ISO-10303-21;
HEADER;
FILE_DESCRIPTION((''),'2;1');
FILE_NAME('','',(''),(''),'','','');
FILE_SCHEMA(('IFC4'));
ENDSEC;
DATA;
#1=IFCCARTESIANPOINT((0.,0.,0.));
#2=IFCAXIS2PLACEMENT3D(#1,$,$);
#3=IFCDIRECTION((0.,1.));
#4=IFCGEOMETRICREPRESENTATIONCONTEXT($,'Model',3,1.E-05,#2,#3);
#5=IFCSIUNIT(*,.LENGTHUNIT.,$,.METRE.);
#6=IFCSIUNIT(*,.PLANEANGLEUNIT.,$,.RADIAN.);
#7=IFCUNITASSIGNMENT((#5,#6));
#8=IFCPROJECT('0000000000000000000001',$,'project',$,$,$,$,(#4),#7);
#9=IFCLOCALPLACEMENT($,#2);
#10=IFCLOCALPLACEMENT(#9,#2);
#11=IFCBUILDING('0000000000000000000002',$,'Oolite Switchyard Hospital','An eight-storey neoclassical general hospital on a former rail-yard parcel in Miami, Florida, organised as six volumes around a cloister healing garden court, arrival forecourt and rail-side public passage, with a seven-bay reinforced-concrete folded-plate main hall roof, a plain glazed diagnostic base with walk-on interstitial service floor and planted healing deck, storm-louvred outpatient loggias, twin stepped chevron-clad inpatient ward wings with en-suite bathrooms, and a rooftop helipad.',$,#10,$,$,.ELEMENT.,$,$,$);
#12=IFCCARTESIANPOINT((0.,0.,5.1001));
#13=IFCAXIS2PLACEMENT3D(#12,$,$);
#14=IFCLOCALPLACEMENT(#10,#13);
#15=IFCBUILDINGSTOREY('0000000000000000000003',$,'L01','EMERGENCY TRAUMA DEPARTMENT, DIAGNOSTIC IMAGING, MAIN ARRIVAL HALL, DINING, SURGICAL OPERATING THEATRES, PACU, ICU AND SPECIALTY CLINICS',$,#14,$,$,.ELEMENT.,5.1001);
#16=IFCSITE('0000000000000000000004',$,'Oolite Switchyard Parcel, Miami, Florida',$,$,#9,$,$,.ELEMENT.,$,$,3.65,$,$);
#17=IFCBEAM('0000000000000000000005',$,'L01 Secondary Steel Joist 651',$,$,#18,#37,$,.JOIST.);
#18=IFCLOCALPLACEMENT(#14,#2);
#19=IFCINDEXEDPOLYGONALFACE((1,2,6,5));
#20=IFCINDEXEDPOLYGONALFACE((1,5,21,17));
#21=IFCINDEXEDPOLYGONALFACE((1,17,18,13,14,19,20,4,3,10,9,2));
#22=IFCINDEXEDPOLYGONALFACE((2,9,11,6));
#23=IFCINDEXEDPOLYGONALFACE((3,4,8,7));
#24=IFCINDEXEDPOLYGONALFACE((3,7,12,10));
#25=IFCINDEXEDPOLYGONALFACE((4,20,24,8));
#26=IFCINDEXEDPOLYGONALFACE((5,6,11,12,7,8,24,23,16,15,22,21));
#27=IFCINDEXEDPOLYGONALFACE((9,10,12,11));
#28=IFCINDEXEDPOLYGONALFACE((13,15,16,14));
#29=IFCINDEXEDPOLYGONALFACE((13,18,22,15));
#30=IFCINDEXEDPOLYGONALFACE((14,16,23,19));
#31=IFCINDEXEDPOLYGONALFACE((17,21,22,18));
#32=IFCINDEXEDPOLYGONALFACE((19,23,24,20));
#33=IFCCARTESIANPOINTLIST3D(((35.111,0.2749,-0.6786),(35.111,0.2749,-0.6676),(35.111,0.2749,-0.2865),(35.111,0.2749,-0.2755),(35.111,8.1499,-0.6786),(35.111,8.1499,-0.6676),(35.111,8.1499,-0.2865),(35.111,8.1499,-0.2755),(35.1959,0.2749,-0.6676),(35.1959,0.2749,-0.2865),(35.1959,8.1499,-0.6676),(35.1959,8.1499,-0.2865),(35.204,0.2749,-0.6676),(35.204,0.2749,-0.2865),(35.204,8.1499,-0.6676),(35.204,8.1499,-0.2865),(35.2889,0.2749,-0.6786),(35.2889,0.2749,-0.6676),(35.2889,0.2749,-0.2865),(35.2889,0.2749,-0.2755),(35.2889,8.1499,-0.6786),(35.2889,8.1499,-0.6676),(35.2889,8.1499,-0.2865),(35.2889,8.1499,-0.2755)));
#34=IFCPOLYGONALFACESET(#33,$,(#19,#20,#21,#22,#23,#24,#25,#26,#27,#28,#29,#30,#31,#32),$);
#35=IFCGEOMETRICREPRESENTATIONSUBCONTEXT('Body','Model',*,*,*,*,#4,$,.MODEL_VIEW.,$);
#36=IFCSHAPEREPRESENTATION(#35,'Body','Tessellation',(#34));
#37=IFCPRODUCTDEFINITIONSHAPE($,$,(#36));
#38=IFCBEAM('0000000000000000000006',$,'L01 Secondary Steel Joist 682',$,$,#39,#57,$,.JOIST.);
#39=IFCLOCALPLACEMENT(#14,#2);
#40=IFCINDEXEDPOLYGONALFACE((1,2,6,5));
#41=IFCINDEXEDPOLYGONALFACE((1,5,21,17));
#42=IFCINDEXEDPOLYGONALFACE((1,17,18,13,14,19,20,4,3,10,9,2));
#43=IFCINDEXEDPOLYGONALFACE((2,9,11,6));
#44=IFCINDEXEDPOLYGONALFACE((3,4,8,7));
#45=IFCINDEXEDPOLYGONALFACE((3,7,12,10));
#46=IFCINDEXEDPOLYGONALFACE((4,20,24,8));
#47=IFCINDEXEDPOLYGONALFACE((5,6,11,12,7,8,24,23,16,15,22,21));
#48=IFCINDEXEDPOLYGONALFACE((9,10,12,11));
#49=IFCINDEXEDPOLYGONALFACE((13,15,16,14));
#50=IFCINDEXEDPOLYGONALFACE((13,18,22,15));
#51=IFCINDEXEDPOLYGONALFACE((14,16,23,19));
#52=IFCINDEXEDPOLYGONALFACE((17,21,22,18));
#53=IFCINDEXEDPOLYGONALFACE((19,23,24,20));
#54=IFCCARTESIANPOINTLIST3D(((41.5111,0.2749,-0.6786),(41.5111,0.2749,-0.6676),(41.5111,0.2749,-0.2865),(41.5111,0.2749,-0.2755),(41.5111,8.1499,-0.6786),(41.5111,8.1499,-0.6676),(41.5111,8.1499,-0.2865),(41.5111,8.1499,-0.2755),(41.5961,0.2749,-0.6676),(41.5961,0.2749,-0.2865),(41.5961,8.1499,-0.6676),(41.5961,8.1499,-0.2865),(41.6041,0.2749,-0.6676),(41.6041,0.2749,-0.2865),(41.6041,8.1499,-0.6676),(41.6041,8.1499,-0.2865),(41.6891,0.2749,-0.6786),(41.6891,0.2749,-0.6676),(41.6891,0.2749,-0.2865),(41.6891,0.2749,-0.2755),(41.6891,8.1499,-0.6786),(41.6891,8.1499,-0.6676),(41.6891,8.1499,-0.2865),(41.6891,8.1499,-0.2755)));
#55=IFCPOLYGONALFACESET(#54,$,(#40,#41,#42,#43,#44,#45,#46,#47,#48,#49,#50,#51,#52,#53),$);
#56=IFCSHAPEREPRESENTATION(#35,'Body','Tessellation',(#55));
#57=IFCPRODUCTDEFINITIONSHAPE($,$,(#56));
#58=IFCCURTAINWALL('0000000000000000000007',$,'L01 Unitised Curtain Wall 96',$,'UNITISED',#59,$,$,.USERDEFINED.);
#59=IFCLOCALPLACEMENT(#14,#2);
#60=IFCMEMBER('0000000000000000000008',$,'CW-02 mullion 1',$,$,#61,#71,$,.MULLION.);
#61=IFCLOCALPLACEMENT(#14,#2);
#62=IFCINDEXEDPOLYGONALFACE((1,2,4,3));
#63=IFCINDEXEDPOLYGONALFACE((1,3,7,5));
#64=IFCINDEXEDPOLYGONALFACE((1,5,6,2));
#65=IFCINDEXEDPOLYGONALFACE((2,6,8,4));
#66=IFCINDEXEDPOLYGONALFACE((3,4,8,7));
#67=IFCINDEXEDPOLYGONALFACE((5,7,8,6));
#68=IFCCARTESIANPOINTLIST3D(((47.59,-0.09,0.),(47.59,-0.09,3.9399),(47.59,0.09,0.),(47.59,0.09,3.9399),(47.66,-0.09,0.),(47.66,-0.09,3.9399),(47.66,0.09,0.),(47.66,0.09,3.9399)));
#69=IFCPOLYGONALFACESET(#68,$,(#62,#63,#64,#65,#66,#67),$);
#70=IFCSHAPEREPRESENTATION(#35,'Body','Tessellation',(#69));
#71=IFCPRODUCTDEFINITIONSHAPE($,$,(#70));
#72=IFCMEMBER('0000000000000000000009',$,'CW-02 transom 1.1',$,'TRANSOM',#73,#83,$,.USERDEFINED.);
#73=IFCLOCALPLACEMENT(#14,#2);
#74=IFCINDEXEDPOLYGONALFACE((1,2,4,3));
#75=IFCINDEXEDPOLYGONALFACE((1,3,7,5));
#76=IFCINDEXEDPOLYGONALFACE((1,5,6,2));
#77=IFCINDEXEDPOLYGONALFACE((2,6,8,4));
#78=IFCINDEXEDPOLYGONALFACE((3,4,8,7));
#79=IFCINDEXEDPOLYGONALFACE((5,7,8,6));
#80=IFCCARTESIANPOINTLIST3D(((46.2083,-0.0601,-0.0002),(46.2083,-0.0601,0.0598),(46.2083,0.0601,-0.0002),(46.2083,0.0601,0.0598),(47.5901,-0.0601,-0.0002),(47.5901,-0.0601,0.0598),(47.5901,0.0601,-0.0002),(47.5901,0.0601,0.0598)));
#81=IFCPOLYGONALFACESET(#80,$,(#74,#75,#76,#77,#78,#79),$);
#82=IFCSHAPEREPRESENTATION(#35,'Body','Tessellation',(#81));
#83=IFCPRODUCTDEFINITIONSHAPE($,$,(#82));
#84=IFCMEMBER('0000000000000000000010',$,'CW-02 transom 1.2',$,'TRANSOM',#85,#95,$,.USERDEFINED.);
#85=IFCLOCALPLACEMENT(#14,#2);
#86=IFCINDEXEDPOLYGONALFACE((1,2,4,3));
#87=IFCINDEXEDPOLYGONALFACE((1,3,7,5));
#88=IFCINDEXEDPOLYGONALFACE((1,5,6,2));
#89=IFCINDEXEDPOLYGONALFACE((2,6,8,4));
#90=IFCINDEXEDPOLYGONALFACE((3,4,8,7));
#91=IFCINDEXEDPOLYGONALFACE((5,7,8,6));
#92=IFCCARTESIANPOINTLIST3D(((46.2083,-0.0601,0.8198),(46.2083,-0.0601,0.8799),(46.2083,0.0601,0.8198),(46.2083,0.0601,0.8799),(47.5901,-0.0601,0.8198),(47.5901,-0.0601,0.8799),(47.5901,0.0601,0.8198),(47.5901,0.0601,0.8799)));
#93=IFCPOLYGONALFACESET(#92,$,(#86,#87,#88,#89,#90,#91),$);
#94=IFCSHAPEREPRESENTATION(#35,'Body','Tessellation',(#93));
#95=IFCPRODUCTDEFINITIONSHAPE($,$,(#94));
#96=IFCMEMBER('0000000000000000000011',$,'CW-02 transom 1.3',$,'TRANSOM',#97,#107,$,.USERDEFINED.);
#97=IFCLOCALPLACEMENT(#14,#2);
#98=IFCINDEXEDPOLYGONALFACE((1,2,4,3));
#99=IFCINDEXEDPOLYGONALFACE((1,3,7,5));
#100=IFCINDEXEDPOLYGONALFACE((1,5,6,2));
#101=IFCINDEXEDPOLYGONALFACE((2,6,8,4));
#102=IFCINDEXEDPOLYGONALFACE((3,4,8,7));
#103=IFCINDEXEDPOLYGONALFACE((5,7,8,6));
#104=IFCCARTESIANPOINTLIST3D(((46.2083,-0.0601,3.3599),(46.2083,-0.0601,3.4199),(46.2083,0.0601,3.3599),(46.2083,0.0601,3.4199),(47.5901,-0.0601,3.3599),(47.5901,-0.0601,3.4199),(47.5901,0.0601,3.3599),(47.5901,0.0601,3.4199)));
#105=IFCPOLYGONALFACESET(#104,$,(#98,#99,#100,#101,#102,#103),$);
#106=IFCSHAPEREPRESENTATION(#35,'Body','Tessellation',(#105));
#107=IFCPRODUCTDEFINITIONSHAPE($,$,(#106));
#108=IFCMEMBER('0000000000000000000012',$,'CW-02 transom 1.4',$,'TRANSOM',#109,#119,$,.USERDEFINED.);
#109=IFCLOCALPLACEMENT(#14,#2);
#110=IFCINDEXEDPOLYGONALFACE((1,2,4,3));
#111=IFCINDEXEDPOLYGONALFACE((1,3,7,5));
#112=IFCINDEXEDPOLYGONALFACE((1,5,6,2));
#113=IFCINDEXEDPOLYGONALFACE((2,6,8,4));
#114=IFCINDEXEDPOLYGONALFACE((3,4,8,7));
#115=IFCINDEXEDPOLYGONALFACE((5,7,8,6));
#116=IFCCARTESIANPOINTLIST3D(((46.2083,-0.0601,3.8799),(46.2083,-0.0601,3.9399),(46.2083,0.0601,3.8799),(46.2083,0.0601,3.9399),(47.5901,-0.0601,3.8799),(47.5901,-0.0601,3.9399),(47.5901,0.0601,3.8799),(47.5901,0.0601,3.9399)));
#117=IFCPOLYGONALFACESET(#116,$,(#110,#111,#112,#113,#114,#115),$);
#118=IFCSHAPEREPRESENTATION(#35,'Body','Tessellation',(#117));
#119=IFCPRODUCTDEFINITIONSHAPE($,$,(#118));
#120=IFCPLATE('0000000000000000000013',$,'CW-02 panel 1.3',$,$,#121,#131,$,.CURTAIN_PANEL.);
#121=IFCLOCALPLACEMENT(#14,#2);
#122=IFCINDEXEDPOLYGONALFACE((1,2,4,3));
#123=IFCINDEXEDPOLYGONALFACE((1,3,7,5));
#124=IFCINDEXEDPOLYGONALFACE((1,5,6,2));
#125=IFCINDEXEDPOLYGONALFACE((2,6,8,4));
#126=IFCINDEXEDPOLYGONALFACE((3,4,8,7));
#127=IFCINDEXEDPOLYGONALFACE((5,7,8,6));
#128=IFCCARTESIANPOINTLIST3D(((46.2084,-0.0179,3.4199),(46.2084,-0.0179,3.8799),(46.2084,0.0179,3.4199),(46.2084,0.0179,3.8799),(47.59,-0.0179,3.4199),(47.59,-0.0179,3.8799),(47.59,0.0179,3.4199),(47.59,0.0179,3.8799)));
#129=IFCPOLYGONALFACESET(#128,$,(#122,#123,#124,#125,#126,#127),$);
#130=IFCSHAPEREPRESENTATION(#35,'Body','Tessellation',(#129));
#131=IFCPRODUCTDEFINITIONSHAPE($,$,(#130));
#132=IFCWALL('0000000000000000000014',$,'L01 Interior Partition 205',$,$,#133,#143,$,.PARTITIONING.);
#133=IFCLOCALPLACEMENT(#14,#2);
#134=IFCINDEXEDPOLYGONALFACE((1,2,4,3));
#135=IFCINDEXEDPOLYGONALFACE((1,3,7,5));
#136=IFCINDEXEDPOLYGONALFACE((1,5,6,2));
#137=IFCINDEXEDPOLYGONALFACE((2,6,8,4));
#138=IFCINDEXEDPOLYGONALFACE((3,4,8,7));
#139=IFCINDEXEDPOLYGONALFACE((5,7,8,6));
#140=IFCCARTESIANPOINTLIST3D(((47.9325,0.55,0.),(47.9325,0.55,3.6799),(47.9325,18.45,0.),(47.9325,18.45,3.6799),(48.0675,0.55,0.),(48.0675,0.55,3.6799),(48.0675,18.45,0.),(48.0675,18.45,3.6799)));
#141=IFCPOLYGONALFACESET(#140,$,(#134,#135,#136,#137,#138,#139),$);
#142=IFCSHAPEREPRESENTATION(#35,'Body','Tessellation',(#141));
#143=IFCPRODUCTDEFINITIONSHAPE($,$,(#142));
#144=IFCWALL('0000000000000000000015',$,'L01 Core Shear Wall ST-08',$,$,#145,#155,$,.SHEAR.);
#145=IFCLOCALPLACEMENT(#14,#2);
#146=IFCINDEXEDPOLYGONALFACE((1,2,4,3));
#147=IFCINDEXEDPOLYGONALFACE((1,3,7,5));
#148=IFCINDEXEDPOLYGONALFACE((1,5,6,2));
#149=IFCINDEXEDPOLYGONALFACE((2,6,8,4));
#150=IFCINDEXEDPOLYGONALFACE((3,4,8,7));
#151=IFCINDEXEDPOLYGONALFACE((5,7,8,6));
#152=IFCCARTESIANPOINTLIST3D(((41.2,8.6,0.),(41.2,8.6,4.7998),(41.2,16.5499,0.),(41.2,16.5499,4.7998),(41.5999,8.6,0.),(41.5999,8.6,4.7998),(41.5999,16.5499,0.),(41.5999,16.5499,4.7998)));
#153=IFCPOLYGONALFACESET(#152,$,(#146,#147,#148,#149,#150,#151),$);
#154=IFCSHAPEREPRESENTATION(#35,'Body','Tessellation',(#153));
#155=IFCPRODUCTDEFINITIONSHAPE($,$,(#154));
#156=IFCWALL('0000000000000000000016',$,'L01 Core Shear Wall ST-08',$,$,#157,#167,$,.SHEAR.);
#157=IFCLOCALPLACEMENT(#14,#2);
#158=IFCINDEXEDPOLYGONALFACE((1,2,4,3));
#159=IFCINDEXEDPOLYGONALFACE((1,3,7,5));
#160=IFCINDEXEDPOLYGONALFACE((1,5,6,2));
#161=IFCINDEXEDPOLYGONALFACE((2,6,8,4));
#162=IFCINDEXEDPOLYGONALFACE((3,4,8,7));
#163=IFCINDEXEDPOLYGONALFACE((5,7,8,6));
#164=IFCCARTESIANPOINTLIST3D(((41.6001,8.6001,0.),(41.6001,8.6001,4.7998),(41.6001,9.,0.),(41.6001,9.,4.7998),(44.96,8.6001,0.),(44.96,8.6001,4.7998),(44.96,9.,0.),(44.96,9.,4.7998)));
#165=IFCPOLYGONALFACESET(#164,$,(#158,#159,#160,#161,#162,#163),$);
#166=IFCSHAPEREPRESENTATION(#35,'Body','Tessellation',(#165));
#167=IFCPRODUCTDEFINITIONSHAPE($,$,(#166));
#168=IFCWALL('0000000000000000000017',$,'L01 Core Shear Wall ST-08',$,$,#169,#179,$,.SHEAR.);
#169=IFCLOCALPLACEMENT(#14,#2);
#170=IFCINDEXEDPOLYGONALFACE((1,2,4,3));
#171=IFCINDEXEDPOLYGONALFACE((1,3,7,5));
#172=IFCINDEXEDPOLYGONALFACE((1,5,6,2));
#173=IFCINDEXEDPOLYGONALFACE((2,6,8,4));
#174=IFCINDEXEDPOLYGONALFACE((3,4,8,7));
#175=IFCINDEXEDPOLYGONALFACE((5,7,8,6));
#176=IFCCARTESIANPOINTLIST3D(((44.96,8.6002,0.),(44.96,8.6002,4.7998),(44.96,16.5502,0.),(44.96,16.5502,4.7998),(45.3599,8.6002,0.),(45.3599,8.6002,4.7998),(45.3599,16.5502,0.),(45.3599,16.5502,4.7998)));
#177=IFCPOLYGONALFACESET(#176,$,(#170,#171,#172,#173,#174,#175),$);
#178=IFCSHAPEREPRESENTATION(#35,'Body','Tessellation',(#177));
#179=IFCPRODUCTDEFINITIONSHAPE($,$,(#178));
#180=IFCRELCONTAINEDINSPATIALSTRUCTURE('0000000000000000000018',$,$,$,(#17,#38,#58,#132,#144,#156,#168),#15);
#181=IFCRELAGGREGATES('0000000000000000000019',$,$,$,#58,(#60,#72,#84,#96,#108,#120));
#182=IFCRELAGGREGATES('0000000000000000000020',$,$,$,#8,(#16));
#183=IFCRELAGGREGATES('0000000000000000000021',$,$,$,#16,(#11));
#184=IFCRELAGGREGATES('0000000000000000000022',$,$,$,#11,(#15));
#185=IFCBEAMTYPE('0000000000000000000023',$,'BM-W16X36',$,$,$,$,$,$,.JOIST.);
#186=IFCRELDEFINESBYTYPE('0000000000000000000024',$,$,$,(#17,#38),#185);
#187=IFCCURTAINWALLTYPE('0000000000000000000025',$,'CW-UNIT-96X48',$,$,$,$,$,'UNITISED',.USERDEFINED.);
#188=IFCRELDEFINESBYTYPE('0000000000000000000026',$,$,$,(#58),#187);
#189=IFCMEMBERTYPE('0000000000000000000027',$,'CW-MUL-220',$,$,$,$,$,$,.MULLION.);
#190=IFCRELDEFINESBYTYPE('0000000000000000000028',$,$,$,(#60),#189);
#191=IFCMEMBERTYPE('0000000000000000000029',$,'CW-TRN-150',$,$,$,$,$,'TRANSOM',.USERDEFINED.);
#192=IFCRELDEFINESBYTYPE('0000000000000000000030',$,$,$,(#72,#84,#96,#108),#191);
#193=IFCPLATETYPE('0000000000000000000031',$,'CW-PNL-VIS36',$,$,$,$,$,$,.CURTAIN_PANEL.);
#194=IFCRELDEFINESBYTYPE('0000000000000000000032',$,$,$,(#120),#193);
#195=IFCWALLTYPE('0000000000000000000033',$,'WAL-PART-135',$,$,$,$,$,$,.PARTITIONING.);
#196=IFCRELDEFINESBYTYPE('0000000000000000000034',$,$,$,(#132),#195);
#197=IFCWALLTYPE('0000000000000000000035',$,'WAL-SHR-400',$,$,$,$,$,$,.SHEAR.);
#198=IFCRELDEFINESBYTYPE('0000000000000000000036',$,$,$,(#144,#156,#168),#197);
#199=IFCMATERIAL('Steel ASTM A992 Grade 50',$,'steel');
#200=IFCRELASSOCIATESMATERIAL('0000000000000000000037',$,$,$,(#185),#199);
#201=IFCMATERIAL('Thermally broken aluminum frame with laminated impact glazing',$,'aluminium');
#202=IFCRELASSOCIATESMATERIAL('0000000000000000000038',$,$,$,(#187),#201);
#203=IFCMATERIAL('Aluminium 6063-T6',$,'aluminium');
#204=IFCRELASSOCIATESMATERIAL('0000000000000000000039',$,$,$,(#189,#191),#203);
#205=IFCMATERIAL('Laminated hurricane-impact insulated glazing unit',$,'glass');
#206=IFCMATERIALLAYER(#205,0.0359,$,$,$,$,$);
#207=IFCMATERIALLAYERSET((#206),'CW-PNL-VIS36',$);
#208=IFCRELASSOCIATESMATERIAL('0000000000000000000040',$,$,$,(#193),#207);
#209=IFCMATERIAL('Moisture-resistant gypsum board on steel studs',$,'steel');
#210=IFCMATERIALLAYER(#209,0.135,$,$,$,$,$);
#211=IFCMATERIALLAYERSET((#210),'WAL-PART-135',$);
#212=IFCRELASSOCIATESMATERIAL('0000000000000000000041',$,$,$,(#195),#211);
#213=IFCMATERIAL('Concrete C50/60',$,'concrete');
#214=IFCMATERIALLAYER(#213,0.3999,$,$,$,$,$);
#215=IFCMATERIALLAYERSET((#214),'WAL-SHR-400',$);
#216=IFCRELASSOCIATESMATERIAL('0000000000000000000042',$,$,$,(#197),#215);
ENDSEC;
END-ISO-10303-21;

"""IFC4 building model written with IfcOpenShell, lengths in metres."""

from ifc_helpers import new_model, si_unit, direction, frame, frame_2d, origin, origin_2d, place, context, subcontext, project, spatial, rectangle, i_section, extrude, material, layer, layer_set, material_profile, profile_set, type_object, element, aggregate, save


model = new_model("IFC4")

# Units and contexts
model_context = context("Model", 3, precision=1e-05, world=origin(), true_north=direction((0.0, 1.0)))
body_context = subcontext(model_context, "Body", "Model", "MODEL_VIEW")
ifc_project = project(units=[si_unit("LENGTHUNIT", "METRE"), si_unit("PLANEANGLEUNIT", "RADIAN")], contexts=[model_context])

# Site, building, storey
site_placement = place(None, origin())
site = spatial("IfcSite", under=ifc_project, at=site_placement, Name="Oolite Switchyard Parcel, Miami, Florida", CompositionType="ELEMENT", RefElevation=3.65)
building_placement = place(site_placement, origin())
building = spatial("IfcBuilding", under=site, at=building_placement, Name="Oolite Switchyard Hospital", Description="An eight-storey neoclassical general hospital on a former rail-yard parcel in Miami, Florida, organised as six volumes around a cloister healing garden court, arrival forecourt and rail-side public passage, with a seven-bay reinforced-concrete folded-plate main hall roof, a plain glazed diagnostic base with walk-on interstitial service floor and planted healing deck, storm-louvred outpatient loggias, twin stepped chevron-clad inpatient ward wings with en-suite bathrooms, and a rooftop helipad.", CompositionType="ELEMENT")
storey_placement = place(building_placement, frame((0.0, 0.0, 5.1001)))
storey = spatial("IfcBuildingStorey", under=building, at=storey_placement, Name="L01", Description="EMERGENCY TRAUMA DEPARTMENT, DIAGNOSTIC IMAGING, MAIN ARRIVAL HALL, DINING, SURGICAL OPERATING THEATRES, PACU, ICU AND SPECIALTY CLINICS", CompositionType="ELEMENT", Elevation=5.1001)

# Shared definitions
ifc_material_1 = material(Name="Concrete C50/60", Category="concrete")

# Beams
ifc_material_2 = material(Name="Steel ASTM A992 Grade 50", Category="steel")
ifc_material_profile_1 = material_profile(ifc_material_2, i_section(OverallWidth=0.178, OverallDepth=0.4031, WebThickness=0.0081, FlangeThickness=0.011, at=origin_2d()), Name="W16X36")
ifc_profile_set_1 = profile_set([ifc_material_profile_1], Name="Steel ASTM A992 Grade 50")
beam_type_1 = type_object("IfcBeamType", Name="BM-W16X36", PredefinedType="JOIST", material=ifc_profile_set_1)
for number, where, z_axis, x_axis, name in (
    (1, (35.2, 0.2749, -0.4771), (0.0, 1.0, 0.0), (-1.0, 0.0, 0.0), "L01 Secondary Steel Joist 651"),
    (2, (41.6001, 0.2749, -0.4771), (0.0, 1.0, 0.0), (-1.0, 0.0, 0.0), "L01 Secondary Steel Joist 682"),
):
    element("IfcBeam", number, at=place(storey_placement, frame(where, z_axis=z_axis, x_axis=x_axis)), inside=storey, type_object=beam_type_1, Name=name, PredefinedType="JOIST", context=body_context, shape_type="SweptSolid", body=[
        extrude(i_section(OverallWidth=0.178, OverallDepth=0.4031, WebThickness=0.0081, FlangeThickness=0.011, at=origin_2d()), origin(), (0.0, 0.0, 1.0), 7.875),
    ])

# Curtain wall, members, plate
ifc_material_3 = material(Name="Thermally broken aluminum frame with laminated impact glazing", Category="aluminium")
curtain_wall_type = type_object("IfcCurtainWallType", Name="CW-UNIT-96X48", ElementType="UNITISED", PredefinedType="USERDEFINED", material=ifc_material_3)
curtain_wall_placement = place(storey_placement, origin())
curtain_wall = element("IfcCurtainWall", 3, at=curtain_wall_placement, inside=storey, type_object=curtain_wall_type, Name="L01 Unitised Curtain Wall 96", ObjectType="UNITISED", PredefinedType="USERDEFINED")
ifc_material_4 = material(Name="Aluminium 6063-T6", Category="aluminium")
ifc_material_profile_2 = material_profile(ifc_material_4, rectangle(XDim=0.1799, YDim=0.0701, at=origin_2d()), Name="CWM70X180")
ifc_profile_set_2 = profile_set([ifc_material_profile_2], Name="Aluminium 6063-T6")
member_type_1 = type_object("IfcMemberType", Name="CW-MUL-220", PredefinedType="MULLION", material=ifc_profile_set_2)
member_1_placement = place(storey_placement, frame((47.625, 0.0, 0.0), z_axis=(0.0, 0.0, 1.0), x_axis=(0.0, -1.0, 0.0)))
member_1 = element("IfcMember", 4, at=member_1_placement, type_object=member_type_1, Name="CW-02 mullion 1", PredefinedType="MULLION", context=body_context, shape_type="SweptSolid", body=[
    extrude(rectangle(XDim=0.1799, YDim=0.0701, at=origin_2d()), origin(), (0.0, 0.0, 1.0), 3.9399),
])
ifc_material_profile_3 = material_profile(ifc_material_4, rectangle(XDim=0.1201, YDim=0.0601, at=origin_2d()), Name="CWT60X120")
ifc_profile_set_3 = profile_set([ifc_material_profile_3], Name="Aluminium 6063-T6")
member_type_2 = type_object("IfcMemberType", Name="CW-TRN-150", ElementType="TRANSOM", PredefinedType="USERDEFINED", material=ifc_profile_set_3)
member_2_placement = place(storey_placement, frame((47.5901, 0.0, 0.0298), z_axis=(-1.0, 0.0, 0.0), x_axis=(0.0, -1.0, 0.0)))
member_2 = element("IfcMember", 5, at=member_2_placement, type_object=member_type_2, Name="CW-02 transom 1.1", ObjectType="TRANSOM", PredefinedType="USERDEFINED", context=body_context, shape_type="SweptSolid", body=[
    extrude(rectangle(XDim=0.1201, YDim=0.0601, at=origin_2d()), origin(), (0.0, 0.0, 1.0), 1.3818),
])
member_3_placement = place(storey_placement, frame((47.5901, 0.0, 0.8499), z_axis=(-1.0, 0.0, 0.0), x_axis=(0.0, -1.0, 0.0)))
member_3 = element("IfcMember", 6, at=member_3_placement, type_object=member_type_2, Name="CW-02 transom 1.2", ObjectType="TRANSOM", PredefinedType="USERDEFINED", context=body_context, shape_type="SweptSolid", body=[
    extrude(rectangle(XDim=0.1201, YDim=0.0601, at=origin_2d()), origin(), (0.0, 0.0, 1.0), 1.3818),
])
member_4_placement = place(storey_placement, frame((47.5901, 0.0, 3.3899), z_axis=(-1.0, 0.0, 0.0), x_axis=(0.0, -1.0, 0.0)))
member_4 = element("IfcMember", 7, at=member_4_placement, type_object=member_type_2, Name="CW-02 transom 1.3", ObjectType="TRANSOM", PredefinedType="USERDEFINED", context=body_context, shape_type="SweptSolid", body=[
    extrude(rectangle(XDim=0.1201, YDim=0.0601, at=origin_2d()), origin(), (0.0, 0.0, 1.0), 1.3818),
])
member_5_placement = place(storey_placement, frame((47.5901, 0.0, 3.9099), z_axis=(-1.0, 0.0, 0.0), x_axis=(0.0, -1.0, 0.0)))
member_5 = element("IfcMember", 8, at=member_5_placement, type_object=member_type_2, Name="CW-02 transom 1.4", ObjectType="TRANSOM", PredefinedType="USERDEFINED", context=body_context, shape_type="SweptSolid", body=[
    extrude(rectangle(XDim=0.1201, YDim=0.0601, at=origin_2d()), origin(), (0.0, 0.0, 1.0), 1.3818),
])
ifc_material_5 = material(Name="Laminated hurricane-impact insulated glazing unit", Category="glass")
ifc_layer_1 = layer(ifc_material_5, 0.0359)
ifc_layer_set_1 = layer_set([ifc_layer_1], Name="CW-PNL-VIS36")
plate_type = type_object("IfcPlateType", Name="CW-PNL-VIS36", PredefinedType="CURTAIN_PANEL", material=ifc_layer_set_1)
plate_placement = place(storey_placement, frame((46.8992, 0.0, 3.4199), z_axis=(0.0, 0.0, 1.0), x_axis=(-1.0, 0.0, 0.0)))
plate = element("IfcPlate", 9, at=plate_placement, type_object=plate_type, Name="CW-02 panel 1.3", PredefinedType="CURTAIN_PANEL", context=body_context, shape_type="SweptSolid", body=[
    extrude(rectangle(XDim=1.3816, YDim=0.0359, at=origin_2d()), origin(), (0.0, 0.0, 1.0), 0.46),
])
aggregate(curtain_wall, [member_1, member_2, member_3, member_4, member_5, plate])

# Walls
ifc_material_6 = material(Name="Moisture-resistant gypsum board on steel studs", Category="steel")
ifc_layer_2 = layer(ifc_material_6, 0.135)
ifc_layer_set_2 = layer_set([ifc_layer_2], Name="WAL-PART-135")
wall_type_1 = type_object("IfcWallType", Name="WAL-PART-135", PredefinedType="PARTITIONING", material=ifc_layer_set_2)
wall_1_placement = place(storey_placement, frame((48.0, 0.55, 0.0), z_axis=(0.0, 0.0, 1.0), x_axis=(0.0, 1.0, 0.0)))
element("IfcWall", 10, at=wall_1_placement, inside=storey, type_object=wall_type_1, Name="L01 Interior Partition 205", PredefinedType="PARTITIONING", context=body_context, shape_type="SweptSolid", body=[
    extrude(rectangle(XDim=17.8999, YDim=0.135, at=frame_2d((8.95, 0.0))), origin(), (0.0, 0.0, 1.0), 3.6799),
])
ifc_layer_3 = layer(ifc_material_1, 0.3999)
ifc_layer_set_3 = layer_set([ifc_layer_3], Name="WAL-SHR-400")
wall_type_2 = type_object("IfcWallType", Name="WAL-SHR-400", PredefinedType="SHEAR", material=ifc_layer_set_3)
wall_2_placement = place(storey_placement, frame((41.3999, 16.55, 0.0), z_axis=(0.0, 0.0, 1.0), x_axis=(0.0, -1.0, 0.0)))
element("IfcWall", 11, at=wall_2_placement, inside=storey, type_object=wall_type_2, Name="L01 Core Shear Wall ST-08", PredefinedType="SHEAR", context=body_context, shape_type="SweptSolid", body=[
    extrude(rectangle(XDim=7.95, YDim=0.3999, at=frame_2d((3.9751, 0.0))), origin(), (0.0, 0.0, 1.0), 4.7998),
])
wall_3_placement = place(storey_placement, frame((41.6001, 8.8, 0.0), z_axis=(0.0, 0.0, 1.0), x_axis=(1.0, 0.0, 0.0)))
element("IfcWall", 12, at=wall_3_placement, inside=storey, type_object=wall_type_2, Name="L01 Core Shear Wall ST-08", PredefinedType="SHEAR", context=body_context, shape_type="SweptSolid", body=[
    extrude(rectangle(XDim=3.3599, YDim=0.3999, at=frame_2d((1.6799, 0.0))), origin(), (0.0, 0.0, 1.0), 4.7998),
])
wall_4_placement = place(storey_placement, frame((45.1599, 8.6001, 0.0), z_axis=(0.0, 0.0, 1.0), x_axis=(0.0, 1.0, 0.0)))
element("IfcWall", 13, at=wall_4_placement, inside=storey, type_object=wall_type_2, Name="L01 Core Shear Wall ST-08", PredefinedType="SHEAR", context=body_context, shape_type="SweptSolid", body=[
    extrude(rectangle(XDim=7.95, YDim=0.3999, at=frame_2d((3.9751, 0.0))), origin(), (0.0, 0.0, 1.0), 4.7998),
])

save(model, "model.ifc")
